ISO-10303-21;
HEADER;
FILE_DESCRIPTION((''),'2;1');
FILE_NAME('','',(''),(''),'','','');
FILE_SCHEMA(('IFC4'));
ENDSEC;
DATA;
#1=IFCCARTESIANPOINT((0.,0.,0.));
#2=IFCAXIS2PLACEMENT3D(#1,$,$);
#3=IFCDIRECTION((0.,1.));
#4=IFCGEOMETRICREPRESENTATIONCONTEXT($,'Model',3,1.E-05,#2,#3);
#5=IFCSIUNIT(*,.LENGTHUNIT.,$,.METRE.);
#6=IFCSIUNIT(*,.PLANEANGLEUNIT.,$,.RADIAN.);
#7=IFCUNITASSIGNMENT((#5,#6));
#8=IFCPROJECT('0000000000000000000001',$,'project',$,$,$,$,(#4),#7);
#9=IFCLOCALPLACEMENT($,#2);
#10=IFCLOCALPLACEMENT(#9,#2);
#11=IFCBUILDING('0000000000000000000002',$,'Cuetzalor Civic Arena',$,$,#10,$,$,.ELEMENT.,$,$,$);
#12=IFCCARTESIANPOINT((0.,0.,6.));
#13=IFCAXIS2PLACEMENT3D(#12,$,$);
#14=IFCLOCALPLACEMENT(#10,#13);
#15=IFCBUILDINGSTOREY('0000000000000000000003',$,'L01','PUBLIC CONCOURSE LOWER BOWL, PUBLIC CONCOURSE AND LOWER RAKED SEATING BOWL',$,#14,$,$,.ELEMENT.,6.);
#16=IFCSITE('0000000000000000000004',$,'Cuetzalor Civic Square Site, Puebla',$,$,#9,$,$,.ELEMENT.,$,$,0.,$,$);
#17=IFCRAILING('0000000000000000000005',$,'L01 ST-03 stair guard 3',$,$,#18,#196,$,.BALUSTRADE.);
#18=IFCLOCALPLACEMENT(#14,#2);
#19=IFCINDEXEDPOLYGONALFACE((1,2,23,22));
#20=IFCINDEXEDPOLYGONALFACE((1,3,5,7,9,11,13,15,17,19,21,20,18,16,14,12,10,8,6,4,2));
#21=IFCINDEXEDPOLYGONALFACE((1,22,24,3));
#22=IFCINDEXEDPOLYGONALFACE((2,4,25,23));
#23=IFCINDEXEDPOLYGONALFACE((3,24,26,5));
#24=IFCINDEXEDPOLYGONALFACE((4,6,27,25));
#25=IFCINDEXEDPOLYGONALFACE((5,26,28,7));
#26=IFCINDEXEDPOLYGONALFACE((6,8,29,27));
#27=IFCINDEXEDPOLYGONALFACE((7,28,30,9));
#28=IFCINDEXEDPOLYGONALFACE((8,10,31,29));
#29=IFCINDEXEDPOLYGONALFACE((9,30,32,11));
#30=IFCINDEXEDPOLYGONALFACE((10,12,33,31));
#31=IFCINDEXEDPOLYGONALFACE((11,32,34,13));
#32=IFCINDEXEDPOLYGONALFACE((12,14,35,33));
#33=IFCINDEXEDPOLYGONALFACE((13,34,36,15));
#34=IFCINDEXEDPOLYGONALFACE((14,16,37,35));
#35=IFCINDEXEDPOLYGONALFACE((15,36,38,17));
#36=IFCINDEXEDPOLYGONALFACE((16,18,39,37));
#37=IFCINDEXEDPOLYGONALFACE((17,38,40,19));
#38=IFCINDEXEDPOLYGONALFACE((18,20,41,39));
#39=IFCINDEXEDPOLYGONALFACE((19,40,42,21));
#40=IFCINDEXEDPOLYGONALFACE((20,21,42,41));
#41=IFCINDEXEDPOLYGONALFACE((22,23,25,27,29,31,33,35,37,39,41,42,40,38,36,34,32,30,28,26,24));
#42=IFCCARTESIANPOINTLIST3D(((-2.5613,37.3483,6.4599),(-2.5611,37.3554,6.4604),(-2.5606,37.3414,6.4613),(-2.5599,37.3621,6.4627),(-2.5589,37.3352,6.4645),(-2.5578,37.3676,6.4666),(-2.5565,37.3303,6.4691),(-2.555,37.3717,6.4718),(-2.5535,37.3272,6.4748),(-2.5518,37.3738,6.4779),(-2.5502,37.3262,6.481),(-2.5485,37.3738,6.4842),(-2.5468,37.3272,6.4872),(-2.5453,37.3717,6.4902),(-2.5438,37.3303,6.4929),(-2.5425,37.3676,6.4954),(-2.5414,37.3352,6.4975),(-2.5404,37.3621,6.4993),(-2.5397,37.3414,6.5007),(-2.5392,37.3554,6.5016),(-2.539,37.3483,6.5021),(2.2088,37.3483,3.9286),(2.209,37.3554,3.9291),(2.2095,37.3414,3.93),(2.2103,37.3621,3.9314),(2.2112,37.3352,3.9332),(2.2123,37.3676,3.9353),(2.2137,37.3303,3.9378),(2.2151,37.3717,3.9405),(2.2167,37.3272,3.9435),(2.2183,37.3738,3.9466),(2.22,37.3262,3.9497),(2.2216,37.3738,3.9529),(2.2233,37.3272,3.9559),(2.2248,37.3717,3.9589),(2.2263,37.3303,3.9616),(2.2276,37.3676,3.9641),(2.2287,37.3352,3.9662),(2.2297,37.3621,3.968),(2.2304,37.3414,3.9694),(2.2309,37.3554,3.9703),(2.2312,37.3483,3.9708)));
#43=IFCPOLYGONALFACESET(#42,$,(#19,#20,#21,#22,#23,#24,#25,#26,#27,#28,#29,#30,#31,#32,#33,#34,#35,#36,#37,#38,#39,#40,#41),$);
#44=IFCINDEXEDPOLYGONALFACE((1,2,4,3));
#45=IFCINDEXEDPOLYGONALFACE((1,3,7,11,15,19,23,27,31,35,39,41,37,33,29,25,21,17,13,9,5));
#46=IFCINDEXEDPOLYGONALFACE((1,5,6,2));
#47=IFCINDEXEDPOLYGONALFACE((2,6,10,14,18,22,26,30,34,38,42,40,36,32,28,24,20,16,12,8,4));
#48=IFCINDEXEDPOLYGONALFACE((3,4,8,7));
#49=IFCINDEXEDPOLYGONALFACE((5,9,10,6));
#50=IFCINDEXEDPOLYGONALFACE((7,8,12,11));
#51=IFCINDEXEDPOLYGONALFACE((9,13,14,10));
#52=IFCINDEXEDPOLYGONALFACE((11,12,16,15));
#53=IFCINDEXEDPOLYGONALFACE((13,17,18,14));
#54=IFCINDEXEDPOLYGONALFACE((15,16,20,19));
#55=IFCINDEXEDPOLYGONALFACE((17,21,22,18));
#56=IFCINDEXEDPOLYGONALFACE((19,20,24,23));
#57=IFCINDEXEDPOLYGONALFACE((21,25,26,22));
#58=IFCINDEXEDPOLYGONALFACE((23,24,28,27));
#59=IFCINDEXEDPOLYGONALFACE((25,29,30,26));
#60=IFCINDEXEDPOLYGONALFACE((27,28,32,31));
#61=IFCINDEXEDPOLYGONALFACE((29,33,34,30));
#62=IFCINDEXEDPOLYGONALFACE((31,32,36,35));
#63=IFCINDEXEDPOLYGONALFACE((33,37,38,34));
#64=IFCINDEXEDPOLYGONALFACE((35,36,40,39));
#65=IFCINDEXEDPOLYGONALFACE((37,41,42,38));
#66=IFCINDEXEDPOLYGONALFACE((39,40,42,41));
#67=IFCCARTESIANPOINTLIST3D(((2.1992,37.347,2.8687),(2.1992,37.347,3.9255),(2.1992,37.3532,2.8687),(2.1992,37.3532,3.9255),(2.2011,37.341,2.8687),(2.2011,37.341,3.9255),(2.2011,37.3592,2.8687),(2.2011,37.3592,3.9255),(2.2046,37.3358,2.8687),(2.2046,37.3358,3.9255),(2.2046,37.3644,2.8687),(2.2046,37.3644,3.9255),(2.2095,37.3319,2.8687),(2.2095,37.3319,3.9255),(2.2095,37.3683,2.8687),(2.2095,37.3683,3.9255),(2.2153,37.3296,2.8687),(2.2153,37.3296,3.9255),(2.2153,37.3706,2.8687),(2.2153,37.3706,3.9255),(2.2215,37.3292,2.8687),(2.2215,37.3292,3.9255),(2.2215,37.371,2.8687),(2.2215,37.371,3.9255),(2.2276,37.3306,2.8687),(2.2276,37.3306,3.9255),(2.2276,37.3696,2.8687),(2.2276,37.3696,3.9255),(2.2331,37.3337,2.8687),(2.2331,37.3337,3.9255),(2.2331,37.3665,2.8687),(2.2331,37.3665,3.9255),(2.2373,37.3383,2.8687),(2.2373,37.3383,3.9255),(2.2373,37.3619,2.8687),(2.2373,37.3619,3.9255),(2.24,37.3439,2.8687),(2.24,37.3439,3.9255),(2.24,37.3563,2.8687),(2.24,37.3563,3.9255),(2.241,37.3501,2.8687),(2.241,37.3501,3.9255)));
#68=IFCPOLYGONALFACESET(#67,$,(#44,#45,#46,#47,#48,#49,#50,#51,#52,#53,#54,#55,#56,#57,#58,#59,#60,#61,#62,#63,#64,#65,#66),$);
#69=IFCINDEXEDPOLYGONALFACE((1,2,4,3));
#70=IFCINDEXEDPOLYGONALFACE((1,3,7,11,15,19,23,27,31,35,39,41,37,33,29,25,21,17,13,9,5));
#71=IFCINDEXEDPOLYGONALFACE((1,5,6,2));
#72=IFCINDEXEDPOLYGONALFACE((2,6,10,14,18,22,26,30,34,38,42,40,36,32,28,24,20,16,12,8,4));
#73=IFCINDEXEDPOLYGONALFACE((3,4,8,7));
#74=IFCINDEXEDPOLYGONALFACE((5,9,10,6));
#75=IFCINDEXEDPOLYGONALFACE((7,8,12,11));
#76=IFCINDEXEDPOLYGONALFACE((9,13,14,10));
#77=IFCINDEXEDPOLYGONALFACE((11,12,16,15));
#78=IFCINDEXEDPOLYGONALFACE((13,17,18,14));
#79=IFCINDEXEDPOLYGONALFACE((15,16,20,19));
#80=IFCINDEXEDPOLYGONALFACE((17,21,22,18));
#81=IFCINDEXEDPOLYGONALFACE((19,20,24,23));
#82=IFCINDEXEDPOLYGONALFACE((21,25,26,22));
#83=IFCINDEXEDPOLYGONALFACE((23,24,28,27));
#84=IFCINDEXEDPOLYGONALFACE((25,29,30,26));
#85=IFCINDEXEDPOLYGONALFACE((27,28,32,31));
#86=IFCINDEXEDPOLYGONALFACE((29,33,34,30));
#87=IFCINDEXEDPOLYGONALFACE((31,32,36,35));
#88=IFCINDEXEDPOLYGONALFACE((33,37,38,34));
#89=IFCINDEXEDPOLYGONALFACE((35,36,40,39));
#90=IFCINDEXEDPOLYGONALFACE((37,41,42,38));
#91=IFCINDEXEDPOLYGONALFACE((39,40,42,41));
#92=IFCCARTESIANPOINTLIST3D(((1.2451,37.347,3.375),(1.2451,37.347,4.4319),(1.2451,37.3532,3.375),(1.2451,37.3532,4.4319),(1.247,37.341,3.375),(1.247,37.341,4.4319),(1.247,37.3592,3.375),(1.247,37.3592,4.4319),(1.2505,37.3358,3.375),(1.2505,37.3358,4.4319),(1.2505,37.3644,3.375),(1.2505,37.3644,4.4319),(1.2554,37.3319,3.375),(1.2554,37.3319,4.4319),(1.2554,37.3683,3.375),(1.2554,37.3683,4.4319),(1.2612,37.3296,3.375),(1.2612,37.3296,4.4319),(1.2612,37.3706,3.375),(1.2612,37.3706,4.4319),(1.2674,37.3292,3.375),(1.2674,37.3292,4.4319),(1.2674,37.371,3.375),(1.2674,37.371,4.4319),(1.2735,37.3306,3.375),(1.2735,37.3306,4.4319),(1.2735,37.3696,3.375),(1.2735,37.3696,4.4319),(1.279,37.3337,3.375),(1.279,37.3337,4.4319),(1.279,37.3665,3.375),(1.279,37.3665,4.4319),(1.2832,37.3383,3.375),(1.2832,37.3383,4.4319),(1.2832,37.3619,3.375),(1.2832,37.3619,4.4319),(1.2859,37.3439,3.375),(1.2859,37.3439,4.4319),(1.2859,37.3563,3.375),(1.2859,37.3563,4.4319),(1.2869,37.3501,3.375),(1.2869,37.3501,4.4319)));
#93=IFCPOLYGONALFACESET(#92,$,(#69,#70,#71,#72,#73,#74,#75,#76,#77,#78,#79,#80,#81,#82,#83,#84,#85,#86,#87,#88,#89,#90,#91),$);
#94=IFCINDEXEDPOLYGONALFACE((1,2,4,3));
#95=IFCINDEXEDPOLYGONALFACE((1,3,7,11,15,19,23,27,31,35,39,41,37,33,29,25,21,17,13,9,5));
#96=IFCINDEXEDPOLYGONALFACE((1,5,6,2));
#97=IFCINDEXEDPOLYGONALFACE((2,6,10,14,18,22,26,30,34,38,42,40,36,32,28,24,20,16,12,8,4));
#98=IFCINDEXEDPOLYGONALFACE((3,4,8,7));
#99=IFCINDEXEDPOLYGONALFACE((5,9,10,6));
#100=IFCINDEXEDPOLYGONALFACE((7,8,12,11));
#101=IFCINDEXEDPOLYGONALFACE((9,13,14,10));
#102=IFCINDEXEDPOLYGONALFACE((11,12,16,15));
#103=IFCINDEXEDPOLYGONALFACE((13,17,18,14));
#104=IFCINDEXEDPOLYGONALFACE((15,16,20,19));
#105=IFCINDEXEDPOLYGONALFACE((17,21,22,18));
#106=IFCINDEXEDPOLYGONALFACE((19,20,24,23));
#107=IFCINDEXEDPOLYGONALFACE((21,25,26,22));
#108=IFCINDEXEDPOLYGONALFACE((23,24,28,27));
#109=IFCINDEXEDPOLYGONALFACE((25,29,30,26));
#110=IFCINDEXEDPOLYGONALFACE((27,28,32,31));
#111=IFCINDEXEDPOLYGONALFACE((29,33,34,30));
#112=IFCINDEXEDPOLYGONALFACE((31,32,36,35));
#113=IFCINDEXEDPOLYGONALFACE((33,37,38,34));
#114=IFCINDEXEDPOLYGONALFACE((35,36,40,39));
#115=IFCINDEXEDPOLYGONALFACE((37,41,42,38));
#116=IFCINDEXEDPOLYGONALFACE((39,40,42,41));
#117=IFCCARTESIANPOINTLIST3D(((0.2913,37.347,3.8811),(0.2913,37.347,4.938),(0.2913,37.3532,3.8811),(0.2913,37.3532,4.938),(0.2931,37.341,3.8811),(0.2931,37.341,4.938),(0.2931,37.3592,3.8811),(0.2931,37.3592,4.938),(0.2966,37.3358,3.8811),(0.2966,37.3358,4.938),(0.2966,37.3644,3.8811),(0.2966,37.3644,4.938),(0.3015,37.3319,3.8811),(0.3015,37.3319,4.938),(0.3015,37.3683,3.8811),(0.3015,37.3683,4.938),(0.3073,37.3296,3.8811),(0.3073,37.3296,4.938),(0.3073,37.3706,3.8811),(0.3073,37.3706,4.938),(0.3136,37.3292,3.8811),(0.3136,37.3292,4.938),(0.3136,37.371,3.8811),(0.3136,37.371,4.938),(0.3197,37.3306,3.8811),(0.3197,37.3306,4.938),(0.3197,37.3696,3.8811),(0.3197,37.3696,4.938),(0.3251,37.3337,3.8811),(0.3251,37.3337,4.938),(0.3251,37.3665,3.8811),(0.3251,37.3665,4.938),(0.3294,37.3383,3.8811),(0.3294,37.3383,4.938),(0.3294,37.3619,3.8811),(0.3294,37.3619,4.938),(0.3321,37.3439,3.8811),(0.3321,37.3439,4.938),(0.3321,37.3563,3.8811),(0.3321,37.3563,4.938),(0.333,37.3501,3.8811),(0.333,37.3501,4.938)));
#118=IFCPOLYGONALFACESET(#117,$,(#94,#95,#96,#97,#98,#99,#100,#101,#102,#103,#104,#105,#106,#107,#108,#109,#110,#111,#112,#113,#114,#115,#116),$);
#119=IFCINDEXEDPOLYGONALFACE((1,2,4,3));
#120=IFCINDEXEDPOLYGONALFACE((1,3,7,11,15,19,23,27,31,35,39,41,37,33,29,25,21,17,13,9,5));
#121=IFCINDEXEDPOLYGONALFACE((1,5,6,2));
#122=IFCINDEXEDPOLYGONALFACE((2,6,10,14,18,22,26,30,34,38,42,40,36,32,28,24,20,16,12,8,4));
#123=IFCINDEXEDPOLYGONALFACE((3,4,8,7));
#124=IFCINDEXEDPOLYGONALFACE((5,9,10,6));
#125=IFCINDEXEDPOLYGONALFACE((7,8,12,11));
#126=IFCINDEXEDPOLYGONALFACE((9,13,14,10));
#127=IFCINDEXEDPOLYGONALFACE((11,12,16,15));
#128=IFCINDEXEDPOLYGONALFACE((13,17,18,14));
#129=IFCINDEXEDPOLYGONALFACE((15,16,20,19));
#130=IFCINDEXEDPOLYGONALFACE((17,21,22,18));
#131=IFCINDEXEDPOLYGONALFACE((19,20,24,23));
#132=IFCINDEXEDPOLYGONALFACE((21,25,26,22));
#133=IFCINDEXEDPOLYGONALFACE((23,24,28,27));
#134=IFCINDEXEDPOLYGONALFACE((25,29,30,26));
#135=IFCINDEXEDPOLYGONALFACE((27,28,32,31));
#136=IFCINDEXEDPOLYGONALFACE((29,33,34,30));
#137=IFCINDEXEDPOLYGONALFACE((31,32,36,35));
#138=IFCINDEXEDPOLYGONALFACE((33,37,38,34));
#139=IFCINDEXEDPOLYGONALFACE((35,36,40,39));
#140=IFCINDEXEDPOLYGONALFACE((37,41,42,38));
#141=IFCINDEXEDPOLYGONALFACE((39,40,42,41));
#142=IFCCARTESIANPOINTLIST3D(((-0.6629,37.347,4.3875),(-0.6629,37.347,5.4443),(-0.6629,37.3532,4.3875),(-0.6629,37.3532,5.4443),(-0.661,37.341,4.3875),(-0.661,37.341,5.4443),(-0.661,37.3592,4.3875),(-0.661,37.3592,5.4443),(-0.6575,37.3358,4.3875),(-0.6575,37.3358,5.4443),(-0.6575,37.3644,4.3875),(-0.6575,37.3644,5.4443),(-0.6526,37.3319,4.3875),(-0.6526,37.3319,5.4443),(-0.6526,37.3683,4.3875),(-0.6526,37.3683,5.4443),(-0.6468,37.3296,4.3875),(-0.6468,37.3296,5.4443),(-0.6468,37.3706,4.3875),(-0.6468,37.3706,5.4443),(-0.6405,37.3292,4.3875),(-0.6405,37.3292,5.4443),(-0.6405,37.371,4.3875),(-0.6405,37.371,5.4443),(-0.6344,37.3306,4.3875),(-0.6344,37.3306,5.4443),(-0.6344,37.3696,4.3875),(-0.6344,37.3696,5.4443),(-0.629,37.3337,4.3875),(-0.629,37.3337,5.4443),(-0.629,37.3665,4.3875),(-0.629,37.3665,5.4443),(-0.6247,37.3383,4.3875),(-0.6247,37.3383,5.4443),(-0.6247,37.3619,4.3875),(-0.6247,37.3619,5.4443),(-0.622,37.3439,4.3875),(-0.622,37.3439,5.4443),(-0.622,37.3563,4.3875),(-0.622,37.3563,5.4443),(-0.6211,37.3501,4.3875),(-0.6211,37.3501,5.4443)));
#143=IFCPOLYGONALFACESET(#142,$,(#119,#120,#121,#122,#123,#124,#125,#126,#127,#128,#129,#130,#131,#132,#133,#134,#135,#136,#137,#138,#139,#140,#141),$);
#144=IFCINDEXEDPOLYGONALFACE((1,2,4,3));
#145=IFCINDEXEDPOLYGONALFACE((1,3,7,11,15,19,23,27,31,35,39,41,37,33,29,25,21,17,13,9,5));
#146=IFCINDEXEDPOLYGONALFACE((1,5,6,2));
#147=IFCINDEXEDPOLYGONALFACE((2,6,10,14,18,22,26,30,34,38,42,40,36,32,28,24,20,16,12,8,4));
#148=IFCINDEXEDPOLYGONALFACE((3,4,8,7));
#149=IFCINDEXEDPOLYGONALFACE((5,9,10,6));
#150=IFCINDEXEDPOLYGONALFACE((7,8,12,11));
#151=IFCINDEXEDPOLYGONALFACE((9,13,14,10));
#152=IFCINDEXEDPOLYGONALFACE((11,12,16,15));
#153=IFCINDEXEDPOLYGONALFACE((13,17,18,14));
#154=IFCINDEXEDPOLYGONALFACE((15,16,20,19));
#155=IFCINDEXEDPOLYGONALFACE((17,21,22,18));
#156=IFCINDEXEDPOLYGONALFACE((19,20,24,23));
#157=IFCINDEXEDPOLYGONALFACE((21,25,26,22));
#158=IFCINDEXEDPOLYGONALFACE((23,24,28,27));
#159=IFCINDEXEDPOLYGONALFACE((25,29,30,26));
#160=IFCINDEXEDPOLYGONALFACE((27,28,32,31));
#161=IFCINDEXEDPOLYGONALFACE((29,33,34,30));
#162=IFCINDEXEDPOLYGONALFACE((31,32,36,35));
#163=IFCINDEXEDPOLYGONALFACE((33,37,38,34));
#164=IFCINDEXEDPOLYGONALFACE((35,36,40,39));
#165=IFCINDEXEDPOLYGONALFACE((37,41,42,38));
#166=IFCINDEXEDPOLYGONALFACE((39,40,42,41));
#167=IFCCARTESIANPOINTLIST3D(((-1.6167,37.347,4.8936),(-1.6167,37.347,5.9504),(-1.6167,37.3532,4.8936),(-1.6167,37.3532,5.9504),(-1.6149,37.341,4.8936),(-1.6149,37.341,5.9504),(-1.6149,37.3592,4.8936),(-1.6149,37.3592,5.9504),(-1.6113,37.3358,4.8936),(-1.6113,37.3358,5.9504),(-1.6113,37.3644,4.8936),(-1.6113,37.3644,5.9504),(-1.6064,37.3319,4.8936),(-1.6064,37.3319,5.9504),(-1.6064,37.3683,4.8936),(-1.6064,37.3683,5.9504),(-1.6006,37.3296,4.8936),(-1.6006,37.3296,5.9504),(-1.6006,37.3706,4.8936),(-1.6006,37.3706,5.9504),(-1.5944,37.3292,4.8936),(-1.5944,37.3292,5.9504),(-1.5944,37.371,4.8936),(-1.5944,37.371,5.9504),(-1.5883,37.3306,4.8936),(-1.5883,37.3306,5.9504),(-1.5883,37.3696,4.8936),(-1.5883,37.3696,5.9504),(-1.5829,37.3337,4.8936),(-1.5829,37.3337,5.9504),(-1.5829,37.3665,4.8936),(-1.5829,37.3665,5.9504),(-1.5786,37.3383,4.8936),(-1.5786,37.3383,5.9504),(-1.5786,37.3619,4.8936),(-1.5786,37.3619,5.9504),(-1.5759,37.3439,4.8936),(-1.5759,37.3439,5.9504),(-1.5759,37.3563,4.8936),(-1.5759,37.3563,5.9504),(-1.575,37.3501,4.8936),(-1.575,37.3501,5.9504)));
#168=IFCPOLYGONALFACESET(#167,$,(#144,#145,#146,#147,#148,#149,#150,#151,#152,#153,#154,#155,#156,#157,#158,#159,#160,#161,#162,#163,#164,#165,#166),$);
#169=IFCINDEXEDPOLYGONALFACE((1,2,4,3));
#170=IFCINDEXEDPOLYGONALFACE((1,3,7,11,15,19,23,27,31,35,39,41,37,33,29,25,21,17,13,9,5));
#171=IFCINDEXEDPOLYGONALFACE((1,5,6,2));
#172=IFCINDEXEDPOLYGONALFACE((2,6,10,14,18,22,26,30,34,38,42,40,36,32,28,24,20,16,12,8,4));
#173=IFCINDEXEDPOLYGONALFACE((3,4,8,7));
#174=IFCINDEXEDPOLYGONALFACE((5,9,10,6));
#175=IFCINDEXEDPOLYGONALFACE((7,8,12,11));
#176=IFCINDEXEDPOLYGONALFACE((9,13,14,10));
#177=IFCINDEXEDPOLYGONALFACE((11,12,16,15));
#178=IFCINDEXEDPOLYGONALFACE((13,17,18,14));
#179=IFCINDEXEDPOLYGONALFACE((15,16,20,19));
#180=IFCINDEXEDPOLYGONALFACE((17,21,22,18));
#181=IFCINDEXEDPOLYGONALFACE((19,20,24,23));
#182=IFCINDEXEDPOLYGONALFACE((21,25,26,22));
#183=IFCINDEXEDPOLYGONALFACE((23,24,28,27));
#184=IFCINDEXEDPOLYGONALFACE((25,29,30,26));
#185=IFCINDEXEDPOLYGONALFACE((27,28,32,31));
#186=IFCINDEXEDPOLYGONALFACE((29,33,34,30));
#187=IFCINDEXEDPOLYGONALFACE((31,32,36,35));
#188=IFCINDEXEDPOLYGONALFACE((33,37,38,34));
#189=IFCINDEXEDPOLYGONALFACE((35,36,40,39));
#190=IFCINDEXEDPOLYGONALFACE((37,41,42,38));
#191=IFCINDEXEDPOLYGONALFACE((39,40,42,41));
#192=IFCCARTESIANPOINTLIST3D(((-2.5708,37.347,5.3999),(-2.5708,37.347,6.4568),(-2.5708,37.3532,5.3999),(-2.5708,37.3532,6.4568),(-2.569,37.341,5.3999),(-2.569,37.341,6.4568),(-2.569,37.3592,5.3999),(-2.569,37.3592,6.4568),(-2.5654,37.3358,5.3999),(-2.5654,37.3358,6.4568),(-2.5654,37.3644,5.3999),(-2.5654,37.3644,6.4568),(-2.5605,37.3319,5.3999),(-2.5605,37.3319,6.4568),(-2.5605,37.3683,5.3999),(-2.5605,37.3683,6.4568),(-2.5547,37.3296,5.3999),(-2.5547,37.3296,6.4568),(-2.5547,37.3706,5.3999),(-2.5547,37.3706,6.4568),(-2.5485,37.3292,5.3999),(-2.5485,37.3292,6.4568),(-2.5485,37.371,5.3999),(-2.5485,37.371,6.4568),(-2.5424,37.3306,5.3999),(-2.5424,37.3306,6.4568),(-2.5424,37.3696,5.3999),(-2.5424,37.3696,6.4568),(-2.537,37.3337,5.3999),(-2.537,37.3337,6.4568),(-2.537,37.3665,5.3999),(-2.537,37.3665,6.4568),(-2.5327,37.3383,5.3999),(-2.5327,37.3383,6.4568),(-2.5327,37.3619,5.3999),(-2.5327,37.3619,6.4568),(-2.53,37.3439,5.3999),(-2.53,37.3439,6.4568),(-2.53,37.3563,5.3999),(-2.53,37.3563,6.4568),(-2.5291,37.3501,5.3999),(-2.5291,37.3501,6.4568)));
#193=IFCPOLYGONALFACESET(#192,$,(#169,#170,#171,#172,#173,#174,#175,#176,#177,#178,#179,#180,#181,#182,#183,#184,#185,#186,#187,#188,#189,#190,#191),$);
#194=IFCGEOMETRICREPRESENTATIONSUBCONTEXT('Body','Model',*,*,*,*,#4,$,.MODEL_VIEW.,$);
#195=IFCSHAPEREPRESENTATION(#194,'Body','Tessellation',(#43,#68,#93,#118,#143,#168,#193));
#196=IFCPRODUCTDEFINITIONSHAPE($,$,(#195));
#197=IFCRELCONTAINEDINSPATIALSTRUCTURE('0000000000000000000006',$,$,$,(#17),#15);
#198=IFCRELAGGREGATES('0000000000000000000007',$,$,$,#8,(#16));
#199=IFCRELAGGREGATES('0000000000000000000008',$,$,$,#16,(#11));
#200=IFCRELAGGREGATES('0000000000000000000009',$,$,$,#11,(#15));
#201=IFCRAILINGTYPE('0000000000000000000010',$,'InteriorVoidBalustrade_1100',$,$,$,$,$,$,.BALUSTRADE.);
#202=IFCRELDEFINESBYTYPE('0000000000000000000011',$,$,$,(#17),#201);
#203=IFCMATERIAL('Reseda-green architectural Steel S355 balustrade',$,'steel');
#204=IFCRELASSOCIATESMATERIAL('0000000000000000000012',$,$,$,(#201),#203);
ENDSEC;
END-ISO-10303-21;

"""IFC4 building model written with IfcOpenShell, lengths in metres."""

from ifc_helpers import new_model, si_unit, direction, frame, origin, origin_2d, place, context, subcontext, project, spatial, circle, extrude, material, type_object, element, save


model = new_model("IFC4")

# Units and contexts
model_context = context("Model", 3, precision=1e-05, world=origin(), true_north=direction((0.0, 1.0)))
body_context = subcontext(model_context, "Body", "Model", "MODEL_VIEW")
ifc_project = project(units=[si_unit("LENGTHUNIT", "METRE"), si_unit("PLANEANGLEUNIT", "RADIAN")], contexts=[model_context])

# Site, building, storey
site_placement = place(None, origin())
site = spatial("IfcSite", under=ifc_project, at=site_placement, Name="Cuetzalor Civic Square Site, Puebla", CompositionType="ELEMENT", RefElevation=0.0)
building_placement = place(site_placement, origin())
building = spatial("IfcBuilding", under=site, at=building_placement, Name="Cuetzalor Civic Arena", CompositionType="ELEMENT")
storey_placement = place(building_placement, frame((0.0, 0.0, 6.0)))
storey = spatial("IfcBuildingStorey", under=building, at=storey_placement, Name="L01", Description="PUBLIC CONCOURSE LOWER BOWL, PUBLIC CONCOURSE AND LOWER RAKED SEATING BOWL", CompositionType="ELEMENT", Elevation=6.0)

# Railing
ifc_material_1 = material(Name="Reseda-green architectural Steel S355 balustrade", Category="steel")
railing_type_1 = type_object("IfcRailingType", Name="InteriorVoidBalustrade_1100", PredefinedType="BALUSTRADE", material=ifc_material_1)
railing_1_placement = place(storey_placement, frame((2.22, 37.3501, 2.8687)))
element("IfcRailing", 1, at=railing_1_placement, inside=storey, type_object=railing_type_1, Name="L01 ST-03 stair guard 3", PredefinedType="BALUSTRADE", context=body_context, shape_type="SweptSolid", body=[
    extrude(circle(Radius=0.0239, at=origin_2d()), frame((0.0, 0.0, 1.0811), z_axis=(-0.883332, 0.0, 0.468747), x_axis=(0.0, -1.0, 0.0)), (0.0, 0.0, 1.0), 5.4001),
    extrude(circle(Radius=0.021, at=origin_2d()), origin(), (0.0, 0.0, 1.0), 1.0569),
    extrude(circle(Radius=0.021, at=origin_2d()), frame((-0.9541, 0.0, 0.5063)), (0.0, 0.0, 1.0), 1.0569),
    extrude(circle(Radius=0.021, at=origin_2d()), frame((-1.908, 0.0, 1.0125)), (0.0, 0.0, 1.0), 1.0569),
    extrude(circle(Radius=0.021, at=origin_2d()), frame((-2.8621, 0.0, 1.5188)), (0.0, 0.0, 1.0), 1.0569),
    extrude(circle(Radius=0.021, at=origin_2d()), frame((-3.8159, 0.0, 2.0249)), (0.0, 0.0, 1.0), 1.0569),
    extrude(circle(Radius=0.021, at=origin_2d()), frame((-4.77, 0.0, 2.5312)), (0.0, 0.0, 1.0), 1.0569),
])

save(model, "model.ifc")
